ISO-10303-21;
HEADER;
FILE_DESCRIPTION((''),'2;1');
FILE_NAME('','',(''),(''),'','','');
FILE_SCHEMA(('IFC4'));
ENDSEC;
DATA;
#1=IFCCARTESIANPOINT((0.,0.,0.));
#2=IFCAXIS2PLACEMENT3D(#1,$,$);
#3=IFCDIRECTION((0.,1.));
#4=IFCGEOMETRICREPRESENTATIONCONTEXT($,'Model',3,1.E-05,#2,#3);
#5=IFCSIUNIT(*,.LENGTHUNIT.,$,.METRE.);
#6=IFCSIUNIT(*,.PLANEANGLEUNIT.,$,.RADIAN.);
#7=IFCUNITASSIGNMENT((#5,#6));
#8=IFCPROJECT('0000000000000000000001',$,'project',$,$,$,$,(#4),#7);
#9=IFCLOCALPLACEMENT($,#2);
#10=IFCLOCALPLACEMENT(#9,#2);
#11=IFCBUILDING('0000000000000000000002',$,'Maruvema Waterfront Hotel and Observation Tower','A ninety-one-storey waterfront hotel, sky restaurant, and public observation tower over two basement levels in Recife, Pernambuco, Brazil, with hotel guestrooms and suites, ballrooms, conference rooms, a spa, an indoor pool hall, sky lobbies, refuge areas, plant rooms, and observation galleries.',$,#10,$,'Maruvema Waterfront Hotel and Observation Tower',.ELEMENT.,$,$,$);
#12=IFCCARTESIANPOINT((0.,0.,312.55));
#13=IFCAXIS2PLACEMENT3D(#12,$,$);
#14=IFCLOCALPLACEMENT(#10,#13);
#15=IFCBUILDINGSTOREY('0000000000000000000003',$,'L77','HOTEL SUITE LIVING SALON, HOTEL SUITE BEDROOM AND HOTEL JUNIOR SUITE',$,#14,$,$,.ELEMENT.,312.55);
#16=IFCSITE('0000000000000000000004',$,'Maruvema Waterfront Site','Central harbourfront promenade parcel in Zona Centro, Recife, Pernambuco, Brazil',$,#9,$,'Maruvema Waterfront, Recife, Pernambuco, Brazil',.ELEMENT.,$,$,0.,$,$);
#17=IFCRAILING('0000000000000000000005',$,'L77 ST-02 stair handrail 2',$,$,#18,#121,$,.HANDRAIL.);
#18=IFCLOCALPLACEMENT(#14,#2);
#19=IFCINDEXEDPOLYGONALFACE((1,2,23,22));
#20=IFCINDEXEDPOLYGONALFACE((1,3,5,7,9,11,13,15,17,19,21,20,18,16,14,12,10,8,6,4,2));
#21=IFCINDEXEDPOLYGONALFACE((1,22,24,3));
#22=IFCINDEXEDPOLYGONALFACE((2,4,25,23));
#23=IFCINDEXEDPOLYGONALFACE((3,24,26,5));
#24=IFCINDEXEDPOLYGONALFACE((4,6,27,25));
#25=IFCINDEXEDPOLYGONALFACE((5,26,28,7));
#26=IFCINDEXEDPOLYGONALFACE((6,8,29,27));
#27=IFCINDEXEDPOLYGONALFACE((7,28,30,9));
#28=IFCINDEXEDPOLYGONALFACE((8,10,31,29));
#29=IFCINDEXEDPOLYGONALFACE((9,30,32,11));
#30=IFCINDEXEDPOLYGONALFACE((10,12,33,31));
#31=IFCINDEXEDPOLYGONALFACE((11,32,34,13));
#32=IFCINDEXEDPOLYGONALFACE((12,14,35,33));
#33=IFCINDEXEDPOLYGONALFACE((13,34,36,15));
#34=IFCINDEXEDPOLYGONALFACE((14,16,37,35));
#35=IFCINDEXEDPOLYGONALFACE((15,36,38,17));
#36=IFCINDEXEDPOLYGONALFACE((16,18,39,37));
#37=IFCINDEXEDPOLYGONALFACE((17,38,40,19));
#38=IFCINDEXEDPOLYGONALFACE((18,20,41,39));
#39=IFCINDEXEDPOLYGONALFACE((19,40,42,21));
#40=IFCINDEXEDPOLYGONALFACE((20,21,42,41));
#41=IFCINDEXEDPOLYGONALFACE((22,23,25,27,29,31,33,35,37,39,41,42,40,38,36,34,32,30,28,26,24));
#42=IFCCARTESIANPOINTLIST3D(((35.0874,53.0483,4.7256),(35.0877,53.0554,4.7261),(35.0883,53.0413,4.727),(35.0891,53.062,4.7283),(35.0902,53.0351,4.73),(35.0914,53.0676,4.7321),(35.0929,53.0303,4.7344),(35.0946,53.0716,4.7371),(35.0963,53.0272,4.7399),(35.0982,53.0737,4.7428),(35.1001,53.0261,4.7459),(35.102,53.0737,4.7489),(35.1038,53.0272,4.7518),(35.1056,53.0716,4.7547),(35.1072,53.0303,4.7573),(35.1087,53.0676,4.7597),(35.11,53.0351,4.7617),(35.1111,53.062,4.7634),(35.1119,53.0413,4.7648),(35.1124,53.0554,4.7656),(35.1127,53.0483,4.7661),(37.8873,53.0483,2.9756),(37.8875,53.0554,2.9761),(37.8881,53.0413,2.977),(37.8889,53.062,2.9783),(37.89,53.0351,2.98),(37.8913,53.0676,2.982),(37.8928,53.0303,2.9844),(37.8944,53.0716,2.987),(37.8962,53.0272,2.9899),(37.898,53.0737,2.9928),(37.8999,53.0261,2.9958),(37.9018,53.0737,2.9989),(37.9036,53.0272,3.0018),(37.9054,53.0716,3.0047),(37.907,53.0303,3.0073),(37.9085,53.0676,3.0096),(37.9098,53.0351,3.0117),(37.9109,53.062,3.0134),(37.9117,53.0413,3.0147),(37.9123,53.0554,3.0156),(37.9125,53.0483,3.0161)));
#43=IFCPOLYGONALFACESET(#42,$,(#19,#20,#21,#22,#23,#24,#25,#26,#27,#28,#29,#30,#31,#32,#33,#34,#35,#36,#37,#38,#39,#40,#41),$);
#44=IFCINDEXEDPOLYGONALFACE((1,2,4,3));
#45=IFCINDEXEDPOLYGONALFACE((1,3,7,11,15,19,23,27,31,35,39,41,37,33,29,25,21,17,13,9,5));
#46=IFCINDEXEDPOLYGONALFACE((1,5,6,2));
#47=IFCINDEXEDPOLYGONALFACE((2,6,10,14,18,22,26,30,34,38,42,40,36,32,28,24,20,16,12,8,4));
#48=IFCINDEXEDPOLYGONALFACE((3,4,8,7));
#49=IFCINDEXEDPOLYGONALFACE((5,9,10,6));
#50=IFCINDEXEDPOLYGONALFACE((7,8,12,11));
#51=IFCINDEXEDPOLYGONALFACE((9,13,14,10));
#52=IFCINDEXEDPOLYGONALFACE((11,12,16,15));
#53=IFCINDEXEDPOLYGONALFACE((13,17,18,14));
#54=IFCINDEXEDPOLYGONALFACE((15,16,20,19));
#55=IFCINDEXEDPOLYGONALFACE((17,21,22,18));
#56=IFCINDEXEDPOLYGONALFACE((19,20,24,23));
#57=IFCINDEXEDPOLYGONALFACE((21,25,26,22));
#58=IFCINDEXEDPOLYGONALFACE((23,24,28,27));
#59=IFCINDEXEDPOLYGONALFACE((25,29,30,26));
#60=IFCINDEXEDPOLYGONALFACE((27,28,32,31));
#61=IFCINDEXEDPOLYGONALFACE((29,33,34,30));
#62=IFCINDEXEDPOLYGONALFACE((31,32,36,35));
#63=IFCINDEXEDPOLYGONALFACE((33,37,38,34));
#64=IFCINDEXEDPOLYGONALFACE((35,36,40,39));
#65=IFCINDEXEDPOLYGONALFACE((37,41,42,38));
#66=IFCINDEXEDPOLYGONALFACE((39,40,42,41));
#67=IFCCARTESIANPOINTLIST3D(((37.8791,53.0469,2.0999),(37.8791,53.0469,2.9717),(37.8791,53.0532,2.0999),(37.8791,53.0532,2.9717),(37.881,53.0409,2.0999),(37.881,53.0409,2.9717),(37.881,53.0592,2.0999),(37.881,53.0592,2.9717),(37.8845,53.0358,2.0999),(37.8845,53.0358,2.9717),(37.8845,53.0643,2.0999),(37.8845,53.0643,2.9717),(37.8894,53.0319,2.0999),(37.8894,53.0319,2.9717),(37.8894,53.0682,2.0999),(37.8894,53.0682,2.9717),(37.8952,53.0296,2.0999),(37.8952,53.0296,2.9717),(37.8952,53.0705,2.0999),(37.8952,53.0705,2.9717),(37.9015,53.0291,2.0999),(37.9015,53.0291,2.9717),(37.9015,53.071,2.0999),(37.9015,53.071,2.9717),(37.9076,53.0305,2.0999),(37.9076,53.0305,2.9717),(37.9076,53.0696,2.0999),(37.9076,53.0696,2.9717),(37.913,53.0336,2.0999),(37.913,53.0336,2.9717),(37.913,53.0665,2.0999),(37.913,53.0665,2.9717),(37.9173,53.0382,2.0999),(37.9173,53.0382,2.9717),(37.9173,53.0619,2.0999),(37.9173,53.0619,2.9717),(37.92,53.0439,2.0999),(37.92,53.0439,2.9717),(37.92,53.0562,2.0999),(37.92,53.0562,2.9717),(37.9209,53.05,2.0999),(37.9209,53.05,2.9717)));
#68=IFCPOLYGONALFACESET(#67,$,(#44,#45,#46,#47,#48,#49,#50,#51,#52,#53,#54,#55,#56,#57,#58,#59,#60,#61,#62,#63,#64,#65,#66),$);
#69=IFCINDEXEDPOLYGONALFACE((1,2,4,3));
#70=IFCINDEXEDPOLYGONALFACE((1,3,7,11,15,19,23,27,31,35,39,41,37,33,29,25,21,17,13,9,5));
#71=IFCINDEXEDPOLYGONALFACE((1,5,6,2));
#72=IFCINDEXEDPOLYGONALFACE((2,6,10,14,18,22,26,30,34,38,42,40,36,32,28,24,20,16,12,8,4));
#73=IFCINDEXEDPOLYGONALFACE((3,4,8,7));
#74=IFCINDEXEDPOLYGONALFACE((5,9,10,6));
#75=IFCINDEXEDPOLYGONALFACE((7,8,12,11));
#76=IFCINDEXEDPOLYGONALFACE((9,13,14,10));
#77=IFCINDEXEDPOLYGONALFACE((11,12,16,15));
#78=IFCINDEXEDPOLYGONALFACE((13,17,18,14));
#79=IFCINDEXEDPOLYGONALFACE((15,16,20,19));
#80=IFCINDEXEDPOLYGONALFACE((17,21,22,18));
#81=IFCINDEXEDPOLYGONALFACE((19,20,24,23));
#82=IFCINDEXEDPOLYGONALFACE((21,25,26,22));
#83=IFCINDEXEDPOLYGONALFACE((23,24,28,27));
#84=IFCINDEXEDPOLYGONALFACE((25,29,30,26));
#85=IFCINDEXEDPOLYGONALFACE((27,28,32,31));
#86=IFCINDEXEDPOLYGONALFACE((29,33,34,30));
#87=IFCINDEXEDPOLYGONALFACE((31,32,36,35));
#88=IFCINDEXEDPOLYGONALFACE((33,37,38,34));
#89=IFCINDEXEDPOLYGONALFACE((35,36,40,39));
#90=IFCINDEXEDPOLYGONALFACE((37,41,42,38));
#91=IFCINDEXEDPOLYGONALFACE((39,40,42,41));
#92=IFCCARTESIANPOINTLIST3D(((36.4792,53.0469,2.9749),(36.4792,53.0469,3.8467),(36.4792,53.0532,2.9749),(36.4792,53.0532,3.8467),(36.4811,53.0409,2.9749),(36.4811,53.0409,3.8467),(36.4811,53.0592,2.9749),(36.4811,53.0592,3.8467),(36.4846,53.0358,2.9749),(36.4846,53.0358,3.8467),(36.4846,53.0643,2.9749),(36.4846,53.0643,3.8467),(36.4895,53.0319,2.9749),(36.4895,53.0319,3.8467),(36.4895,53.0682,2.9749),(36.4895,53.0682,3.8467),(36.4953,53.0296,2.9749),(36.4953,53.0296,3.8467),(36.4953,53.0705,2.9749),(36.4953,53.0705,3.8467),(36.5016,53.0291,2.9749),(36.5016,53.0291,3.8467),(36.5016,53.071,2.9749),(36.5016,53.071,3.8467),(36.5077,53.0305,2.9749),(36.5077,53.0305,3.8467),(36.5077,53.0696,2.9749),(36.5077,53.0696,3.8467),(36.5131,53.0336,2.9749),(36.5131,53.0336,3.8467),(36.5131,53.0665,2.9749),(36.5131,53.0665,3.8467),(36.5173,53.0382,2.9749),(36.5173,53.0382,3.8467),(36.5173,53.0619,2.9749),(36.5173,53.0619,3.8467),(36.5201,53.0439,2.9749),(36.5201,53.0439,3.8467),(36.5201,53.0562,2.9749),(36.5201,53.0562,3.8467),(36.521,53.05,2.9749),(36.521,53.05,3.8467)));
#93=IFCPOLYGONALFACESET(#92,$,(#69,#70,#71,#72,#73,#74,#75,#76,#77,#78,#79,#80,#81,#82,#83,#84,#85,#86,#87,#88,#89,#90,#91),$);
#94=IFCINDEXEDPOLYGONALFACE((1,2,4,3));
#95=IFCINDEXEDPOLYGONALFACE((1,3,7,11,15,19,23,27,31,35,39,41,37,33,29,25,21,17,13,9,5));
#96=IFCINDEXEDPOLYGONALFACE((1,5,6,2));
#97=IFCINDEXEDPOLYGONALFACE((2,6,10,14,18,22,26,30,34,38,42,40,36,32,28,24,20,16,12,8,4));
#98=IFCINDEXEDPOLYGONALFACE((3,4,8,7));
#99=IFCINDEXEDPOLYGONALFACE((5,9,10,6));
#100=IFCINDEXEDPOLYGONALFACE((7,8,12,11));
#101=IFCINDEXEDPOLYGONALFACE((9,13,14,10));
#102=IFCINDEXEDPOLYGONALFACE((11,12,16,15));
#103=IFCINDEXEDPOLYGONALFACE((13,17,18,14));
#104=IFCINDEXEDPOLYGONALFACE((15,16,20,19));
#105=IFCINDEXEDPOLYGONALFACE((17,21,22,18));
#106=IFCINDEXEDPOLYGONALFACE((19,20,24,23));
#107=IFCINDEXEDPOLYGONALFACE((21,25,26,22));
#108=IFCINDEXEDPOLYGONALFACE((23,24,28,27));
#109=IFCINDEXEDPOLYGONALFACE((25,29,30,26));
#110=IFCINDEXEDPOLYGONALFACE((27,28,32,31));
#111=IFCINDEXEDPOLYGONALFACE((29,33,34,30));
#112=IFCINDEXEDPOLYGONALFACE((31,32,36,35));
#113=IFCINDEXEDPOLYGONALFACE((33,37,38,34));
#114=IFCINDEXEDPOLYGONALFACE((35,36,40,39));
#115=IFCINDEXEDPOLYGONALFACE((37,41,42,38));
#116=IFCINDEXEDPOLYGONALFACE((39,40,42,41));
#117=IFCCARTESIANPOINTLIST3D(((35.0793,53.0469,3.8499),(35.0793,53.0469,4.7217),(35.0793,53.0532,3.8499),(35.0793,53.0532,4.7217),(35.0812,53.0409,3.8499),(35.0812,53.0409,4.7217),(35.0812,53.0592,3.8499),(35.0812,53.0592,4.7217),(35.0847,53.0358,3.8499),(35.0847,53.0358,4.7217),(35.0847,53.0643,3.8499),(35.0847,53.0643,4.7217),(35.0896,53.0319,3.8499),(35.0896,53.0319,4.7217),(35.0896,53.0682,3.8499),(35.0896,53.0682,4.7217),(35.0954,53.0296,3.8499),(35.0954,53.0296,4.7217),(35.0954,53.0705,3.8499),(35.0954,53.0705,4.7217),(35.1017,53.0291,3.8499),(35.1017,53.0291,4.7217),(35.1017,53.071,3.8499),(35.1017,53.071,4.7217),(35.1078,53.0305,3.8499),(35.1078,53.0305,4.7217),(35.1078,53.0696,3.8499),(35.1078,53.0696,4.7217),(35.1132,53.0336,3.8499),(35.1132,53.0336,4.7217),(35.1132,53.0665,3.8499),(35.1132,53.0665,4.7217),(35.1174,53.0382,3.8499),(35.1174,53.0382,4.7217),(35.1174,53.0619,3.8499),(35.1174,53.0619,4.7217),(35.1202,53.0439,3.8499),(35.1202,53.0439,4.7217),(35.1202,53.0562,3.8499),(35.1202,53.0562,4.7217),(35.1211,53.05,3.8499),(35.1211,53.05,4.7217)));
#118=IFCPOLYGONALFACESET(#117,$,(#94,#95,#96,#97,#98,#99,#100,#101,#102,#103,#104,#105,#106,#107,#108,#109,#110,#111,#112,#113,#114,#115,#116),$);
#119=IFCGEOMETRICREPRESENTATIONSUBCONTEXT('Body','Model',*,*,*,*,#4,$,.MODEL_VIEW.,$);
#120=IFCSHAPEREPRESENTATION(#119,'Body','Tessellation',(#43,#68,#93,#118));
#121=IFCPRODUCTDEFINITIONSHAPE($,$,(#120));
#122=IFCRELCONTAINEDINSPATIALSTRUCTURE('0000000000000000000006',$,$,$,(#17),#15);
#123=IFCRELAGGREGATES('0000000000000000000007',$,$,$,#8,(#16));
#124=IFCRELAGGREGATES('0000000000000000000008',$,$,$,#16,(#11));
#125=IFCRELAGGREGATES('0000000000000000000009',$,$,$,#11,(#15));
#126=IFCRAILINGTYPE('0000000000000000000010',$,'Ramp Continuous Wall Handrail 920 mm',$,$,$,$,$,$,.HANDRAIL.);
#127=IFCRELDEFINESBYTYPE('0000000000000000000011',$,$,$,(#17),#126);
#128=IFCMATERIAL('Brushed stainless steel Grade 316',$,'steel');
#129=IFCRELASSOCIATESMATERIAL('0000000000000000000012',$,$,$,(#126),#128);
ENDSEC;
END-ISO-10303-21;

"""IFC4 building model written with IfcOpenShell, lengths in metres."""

from ifc_helpers import new_model, si_unit, direction, frame, origin, origin_2d, place, context, subcontext, project, spatial, circle, extrude, material, type_object, element, save


model = new_model("IFC4")

# Units and contexts
model_context = context("Model", 3, precision=1e-05, world=origin(), true_north=direction((0.0, 1.0)))
body_context = subcontext(model_context, "Body", "Model", "MODEL_VIEW")
ifc_project = project(units=[si_unit("LENGTHUNIT", "METRE"), si_unit("PLANEANGLEUNIT", "RADIAN")], contexts=[model_context])

# Site, building, storey
site_placement = place(None, origin())
site = spatial("IfcSite", under=ifc_project, at=site_placement, Name="Maruvema Waterfront Site", Description="Central harbourfront promenade parcel in Zona Centro, Recife, Pernambuco, Brazil", LongName="Maruvema Waterfront, Recife, Pernambuco, Brazil", CompositionType="ELEMENT", RefElevation=0.0)
building_placement = place(site_placement, origin())
building = spatial("IfcBuilding", under=site, at=building_placement, Name="Maruvema Waterfront Hotel and Observation Tower", Description="A ninety-one-storey waterfront hotel, sky restaurant, and public observation tower over two basement levels in Recife, Pernambuco, Brazil, with hotel guestrooms and suites, ballrooms, conference rooms, a spa, an indoor pool hall, sky lobbies, refuge areas, plant rooms, and observation galleries.", LongName="Maruvema Waterfront Hotel and Observation Tower", CompositionType="ELEMENT")
storey_placement = place(building_placement, frame((0.0, 0.0, 312.55)))
storey = spatial("IfcBuildingStorey", under=building, at=storey_placement, Name="L77", Description="HOTEL SUITE LIVING SALON, HOTEL SUITE BEDROOM AND HOTEL JUNIOR SUITE", CompositionType="ELEMENT", Elevation=312.55)

# Railing
ifc_material_1 = material(Name="Brushed stainless steel Grade 316", Category="steel")
railing_type_1 = type_object("IfcRailingType", Name="Ramp Continuous Wall Handrail 920 mm", PredefinedType="HANDRAIL", material=ifc_material_1)
railing_1_placement = place(storey_placement, frame((37.8999, 53.05, 2.0999)))
element("IfcRailing", 1, at=railing_1_placement, inside=storey, type_object=railing_type_1, Name="L77 ST-02 stair handrail 2", PredefinedType="HANDRAIL", context=body_context, shape_type="SweptSolid", body=[
    extrude(circle(Radius=0.0239, at=origin_2d()), frame((0.0, 0.0, 0.896), z_axis=(-0.847982, 0.0, 0.530026), x_axis=(0.0, -1.0, 0.0)), (0.0, 0.0, 1.0), 3.3018),
    extrude(circle(Radius=0.021, at=origin_2d()), origin(), (0.0, 0.0, 1.0), 0.8718),
    extrude(circle(Radius=0.021, at=origin_2d()), frame((-1.3999, 0.0, 0.875)), (0.0, 0.0, 1.0), 0.8718),
    extrude(circle(Radius=0.021, at=origin_2d()), frame((-2.7998, 0.0, 1.75)), (0.0, 0.0, 1.0), 0.8718),
])

save(model, "model.ifc")
